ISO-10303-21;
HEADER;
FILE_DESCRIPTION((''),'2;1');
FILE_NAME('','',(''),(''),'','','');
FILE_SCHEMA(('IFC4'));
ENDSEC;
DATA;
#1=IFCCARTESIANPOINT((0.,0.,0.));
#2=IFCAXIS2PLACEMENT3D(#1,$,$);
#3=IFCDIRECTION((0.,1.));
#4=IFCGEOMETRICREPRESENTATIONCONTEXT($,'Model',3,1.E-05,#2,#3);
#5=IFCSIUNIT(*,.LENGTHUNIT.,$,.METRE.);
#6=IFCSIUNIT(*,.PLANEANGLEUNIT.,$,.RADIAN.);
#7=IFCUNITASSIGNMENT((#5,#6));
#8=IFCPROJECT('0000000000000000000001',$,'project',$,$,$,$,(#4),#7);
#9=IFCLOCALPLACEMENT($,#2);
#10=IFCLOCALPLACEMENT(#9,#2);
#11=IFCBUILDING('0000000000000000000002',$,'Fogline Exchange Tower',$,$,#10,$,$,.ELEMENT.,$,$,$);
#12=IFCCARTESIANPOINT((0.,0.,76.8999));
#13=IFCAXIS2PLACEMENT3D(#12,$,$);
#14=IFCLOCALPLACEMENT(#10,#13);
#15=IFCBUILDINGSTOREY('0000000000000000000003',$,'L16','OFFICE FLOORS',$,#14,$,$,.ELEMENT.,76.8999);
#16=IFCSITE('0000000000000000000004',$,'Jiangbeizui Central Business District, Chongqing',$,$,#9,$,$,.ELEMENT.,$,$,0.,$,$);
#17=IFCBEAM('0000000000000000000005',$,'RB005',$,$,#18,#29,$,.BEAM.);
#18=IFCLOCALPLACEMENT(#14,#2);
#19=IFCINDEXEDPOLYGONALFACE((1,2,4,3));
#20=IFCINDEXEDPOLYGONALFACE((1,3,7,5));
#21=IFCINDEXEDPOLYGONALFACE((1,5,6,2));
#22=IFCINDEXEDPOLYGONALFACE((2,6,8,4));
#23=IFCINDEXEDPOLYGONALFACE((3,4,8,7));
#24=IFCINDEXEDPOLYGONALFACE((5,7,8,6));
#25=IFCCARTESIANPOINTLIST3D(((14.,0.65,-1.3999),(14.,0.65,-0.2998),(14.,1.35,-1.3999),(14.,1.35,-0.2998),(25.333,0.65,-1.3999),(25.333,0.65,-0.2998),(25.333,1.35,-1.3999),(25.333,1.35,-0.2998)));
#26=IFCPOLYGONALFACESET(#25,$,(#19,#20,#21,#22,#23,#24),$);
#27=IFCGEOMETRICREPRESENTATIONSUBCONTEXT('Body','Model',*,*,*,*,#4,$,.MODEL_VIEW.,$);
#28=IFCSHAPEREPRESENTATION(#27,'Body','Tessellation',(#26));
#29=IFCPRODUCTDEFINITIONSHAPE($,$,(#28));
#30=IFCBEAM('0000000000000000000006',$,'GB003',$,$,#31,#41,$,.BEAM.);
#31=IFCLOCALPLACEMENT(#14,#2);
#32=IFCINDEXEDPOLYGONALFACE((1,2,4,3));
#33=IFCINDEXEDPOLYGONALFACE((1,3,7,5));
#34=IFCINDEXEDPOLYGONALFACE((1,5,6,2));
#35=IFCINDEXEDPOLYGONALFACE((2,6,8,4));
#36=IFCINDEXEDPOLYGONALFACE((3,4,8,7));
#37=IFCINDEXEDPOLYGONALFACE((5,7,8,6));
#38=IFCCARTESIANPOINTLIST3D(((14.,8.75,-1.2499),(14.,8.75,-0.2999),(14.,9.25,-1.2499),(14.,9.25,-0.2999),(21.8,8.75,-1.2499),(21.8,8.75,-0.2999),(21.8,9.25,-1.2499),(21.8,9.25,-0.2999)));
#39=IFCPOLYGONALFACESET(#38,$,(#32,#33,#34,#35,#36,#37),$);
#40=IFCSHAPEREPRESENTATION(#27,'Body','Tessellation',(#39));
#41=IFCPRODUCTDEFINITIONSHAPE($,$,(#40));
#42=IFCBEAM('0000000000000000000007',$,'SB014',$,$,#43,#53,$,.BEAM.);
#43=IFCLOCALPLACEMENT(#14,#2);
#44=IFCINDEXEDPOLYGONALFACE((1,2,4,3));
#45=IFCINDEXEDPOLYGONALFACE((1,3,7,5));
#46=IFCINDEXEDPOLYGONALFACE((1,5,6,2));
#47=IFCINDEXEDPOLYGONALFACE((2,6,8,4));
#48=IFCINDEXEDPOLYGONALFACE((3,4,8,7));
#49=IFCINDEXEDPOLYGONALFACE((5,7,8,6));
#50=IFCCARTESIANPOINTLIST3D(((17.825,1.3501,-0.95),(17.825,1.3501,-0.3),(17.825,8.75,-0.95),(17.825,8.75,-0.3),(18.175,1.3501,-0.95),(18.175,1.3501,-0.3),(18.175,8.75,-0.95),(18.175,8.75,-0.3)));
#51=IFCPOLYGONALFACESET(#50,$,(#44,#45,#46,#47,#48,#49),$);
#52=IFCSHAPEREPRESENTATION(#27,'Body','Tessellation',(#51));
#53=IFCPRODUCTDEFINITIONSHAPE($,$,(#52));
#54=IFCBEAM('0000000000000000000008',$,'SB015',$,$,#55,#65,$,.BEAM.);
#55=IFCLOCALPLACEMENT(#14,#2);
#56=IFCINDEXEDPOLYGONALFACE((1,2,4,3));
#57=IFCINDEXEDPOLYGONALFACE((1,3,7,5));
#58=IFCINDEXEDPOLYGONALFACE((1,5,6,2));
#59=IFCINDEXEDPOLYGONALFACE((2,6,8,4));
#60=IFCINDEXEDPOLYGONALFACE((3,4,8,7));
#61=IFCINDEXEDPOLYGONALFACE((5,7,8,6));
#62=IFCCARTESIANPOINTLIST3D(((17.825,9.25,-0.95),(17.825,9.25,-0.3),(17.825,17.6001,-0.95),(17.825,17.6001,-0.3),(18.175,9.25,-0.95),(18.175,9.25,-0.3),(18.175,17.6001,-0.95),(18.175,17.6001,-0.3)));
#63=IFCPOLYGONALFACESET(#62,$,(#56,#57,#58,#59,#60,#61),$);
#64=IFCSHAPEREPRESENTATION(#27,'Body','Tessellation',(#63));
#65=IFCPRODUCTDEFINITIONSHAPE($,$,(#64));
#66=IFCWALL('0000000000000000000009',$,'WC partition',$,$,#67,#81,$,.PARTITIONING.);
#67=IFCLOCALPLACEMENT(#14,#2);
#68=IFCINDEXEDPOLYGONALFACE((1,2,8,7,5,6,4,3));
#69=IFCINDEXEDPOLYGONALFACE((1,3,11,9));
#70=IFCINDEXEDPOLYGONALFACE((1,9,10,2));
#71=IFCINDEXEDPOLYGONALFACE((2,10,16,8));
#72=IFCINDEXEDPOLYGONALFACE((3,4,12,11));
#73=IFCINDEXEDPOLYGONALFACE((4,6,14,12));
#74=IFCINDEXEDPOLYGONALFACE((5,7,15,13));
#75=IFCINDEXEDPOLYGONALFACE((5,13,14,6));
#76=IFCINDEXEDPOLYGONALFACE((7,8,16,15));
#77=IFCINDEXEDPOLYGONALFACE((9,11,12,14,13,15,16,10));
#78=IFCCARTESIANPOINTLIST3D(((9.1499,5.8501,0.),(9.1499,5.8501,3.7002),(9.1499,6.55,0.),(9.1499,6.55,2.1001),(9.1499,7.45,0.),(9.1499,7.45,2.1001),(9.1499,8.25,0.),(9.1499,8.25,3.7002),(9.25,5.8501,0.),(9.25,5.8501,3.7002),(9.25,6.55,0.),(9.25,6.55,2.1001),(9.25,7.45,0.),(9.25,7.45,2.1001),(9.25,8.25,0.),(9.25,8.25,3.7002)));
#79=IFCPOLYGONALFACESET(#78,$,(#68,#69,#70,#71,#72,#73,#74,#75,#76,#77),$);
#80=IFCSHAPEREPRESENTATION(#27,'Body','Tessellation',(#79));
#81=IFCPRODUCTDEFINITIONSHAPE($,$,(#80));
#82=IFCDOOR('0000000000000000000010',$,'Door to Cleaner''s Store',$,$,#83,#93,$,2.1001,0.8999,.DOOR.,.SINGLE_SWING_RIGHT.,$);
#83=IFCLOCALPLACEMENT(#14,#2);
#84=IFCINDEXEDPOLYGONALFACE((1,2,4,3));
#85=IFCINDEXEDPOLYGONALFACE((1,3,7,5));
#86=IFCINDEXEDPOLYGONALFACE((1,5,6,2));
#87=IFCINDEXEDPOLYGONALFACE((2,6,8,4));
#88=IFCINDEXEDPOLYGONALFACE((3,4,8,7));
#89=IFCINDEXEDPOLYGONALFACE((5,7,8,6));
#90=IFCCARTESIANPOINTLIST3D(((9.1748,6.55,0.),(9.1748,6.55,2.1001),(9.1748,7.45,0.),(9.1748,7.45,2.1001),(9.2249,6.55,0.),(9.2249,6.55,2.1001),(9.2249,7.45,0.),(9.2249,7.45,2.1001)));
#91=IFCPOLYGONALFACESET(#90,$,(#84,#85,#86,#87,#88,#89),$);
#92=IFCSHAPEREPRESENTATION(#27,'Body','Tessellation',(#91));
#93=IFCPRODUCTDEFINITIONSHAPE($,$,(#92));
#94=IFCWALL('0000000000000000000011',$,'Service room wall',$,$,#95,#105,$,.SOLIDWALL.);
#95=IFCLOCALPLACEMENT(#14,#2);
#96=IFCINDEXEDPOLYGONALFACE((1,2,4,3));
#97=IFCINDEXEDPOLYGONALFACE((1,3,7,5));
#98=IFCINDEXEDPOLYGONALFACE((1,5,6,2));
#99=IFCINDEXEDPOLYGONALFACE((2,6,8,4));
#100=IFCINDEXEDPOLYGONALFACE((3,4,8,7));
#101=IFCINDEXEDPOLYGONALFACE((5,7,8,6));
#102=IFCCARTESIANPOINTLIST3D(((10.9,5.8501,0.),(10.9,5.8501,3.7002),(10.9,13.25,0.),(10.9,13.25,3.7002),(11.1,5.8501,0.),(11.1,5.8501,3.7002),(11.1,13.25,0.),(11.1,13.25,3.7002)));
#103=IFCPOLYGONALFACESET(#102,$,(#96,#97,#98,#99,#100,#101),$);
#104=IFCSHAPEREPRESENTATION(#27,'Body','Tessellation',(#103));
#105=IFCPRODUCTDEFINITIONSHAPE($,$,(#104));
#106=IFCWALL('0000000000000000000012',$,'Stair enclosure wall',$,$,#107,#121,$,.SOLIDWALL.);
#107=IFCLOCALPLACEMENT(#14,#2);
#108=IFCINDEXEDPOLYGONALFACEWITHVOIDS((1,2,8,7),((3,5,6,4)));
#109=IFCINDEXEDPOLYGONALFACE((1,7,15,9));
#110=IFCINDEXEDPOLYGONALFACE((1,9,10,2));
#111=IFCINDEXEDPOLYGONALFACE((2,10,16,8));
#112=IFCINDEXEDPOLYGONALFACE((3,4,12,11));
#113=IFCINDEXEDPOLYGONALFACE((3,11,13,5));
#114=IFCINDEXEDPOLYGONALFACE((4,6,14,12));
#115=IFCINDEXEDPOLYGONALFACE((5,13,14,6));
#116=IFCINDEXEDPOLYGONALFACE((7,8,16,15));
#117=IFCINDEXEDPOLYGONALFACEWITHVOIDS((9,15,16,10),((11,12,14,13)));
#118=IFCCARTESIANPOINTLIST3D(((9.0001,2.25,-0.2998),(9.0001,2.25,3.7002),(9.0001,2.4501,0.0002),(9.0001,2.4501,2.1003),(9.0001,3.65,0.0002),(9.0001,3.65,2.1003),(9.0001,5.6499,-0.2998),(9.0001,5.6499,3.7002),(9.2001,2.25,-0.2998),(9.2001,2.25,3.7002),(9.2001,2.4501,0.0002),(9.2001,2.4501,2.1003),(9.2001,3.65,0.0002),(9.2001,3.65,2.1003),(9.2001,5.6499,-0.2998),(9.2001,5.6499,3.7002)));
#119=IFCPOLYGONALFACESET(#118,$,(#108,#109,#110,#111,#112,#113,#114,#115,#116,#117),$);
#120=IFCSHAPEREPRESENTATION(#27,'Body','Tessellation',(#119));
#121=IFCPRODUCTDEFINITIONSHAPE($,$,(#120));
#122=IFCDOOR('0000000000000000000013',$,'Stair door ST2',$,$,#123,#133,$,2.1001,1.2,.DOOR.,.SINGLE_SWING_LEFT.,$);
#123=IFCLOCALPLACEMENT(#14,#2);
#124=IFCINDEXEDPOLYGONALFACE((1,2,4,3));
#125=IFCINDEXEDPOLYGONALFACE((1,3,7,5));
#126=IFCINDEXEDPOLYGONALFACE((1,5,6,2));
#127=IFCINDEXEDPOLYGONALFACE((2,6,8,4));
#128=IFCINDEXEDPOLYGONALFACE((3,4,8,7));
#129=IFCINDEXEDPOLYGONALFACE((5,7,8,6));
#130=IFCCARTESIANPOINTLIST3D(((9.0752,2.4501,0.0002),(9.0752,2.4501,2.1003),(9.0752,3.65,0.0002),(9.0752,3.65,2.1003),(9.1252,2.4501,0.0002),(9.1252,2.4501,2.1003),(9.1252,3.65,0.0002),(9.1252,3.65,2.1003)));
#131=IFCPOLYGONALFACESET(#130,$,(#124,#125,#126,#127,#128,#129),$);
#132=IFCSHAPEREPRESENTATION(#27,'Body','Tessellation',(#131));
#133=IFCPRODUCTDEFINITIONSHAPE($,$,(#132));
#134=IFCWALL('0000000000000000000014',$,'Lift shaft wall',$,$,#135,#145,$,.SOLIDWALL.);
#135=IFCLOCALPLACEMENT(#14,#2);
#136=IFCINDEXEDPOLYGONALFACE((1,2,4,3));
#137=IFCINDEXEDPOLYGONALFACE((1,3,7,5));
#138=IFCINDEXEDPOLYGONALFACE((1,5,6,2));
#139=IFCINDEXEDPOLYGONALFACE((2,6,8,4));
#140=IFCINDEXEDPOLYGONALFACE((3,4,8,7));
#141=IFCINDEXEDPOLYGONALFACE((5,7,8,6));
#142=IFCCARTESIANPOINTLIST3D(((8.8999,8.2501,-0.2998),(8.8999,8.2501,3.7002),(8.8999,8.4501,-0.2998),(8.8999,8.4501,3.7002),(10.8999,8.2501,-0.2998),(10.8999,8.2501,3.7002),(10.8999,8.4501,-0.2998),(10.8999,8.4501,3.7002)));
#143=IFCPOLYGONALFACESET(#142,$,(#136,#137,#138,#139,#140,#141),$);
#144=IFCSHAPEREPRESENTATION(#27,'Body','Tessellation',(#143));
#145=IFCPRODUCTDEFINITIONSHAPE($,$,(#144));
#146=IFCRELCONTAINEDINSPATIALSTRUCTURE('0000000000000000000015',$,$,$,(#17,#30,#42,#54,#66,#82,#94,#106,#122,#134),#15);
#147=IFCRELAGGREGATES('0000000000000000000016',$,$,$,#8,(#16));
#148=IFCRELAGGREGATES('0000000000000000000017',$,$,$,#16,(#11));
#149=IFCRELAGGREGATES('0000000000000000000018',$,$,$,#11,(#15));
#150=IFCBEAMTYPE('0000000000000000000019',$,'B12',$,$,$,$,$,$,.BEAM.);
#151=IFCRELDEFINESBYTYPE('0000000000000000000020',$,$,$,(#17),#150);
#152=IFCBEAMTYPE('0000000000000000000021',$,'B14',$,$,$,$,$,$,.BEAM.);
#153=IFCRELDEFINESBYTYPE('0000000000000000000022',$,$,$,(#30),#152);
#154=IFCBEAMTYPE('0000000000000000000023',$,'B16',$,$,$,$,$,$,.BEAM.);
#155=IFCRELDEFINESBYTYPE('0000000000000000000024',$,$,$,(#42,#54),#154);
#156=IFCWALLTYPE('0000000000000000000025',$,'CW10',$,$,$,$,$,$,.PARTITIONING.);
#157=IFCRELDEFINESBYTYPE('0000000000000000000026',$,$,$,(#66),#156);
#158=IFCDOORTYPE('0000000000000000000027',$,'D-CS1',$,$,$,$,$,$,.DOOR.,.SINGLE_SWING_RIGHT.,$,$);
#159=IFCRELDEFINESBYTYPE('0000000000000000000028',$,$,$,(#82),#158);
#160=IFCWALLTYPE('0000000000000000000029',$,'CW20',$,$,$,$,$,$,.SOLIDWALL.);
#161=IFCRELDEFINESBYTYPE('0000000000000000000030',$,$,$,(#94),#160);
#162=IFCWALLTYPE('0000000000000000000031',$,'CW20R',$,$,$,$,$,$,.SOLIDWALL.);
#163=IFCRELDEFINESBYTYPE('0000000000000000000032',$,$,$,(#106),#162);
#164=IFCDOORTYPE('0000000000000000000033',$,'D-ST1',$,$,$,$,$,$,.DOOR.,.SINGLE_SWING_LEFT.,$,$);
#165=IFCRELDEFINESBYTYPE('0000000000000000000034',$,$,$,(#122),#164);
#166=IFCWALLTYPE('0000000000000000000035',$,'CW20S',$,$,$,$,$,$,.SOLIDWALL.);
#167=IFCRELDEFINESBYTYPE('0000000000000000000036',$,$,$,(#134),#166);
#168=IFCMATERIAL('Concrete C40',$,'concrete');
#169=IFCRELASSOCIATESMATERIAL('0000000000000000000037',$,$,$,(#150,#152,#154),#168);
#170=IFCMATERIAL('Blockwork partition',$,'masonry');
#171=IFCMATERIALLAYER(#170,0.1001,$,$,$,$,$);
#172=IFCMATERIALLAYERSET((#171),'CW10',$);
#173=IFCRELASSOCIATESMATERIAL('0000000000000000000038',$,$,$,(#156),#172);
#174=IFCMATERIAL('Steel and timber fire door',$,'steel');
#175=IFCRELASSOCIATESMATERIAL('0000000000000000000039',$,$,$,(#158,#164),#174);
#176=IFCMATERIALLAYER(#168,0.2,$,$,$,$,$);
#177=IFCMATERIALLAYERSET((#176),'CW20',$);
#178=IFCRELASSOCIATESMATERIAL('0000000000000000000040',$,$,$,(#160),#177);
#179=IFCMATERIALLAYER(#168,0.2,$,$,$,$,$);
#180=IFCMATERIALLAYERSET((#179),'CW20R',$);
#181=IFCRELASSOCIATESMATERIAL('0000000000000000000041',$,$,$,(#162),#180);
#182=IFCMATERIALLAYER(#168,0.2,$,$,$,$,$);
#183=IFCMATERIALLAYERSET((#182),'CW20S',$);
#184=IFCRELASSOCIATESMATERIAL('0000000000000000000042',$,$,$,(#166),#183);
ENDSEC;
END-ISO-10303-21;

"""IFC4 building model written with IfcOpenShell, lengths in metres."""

from ifc_helpers import new_model, si_unit, direction, frame, frame_2d, origin, origin_2d, place, context, subcontext, project, spatial, rectangle, extrude, material, layer, layer_set, material_profile, profile_set, type_object, element, fill, save


model = new_model("IFC4")

# Units and contexts
model_context = context("Model", 3, precision=1e-05, world=origin(), true_north=direction((0.0, 1.0)))
body_context = subcontext(model_context, "Body", "Model", "MODEL_VIEW")
ifc_project = project(units=[si_unit("LENGTHUNIT", "METRE"), si_unit("PLANEANGLEUNIT", "RADIAN")], contexts=[model_context])

# Site, building, storey
site_placement = place(None, origin())
site = spatial("IfcSite", under=ifc_project, at=site_placement, Name="Jiangbeizui Central Business District, Chongqing", CompositionType="ELEMENT", RefElevation=0.0)
building_placement = place(site_placement, origin())
building = spatial("IfcBuilding", under=site, at=building_placement, Name="Fogline Exchange Tower", CompositionType="ELEMENT")
storey_placement = place(building_placement, frame((0.0, 0.0, 76.8999)))
storey = spatial("IfcBuildingStorey", under=building, at=storey_placement, Name="L16", Description="OFFICE FLOORS", CompositionType="ELEMENT", Elevation=76.8999)

# Beams
ifc_material_1 = material(Name="Concrete C40", Category="concrete")
ifc_material_profile_1 = material_profile(ifc_material_1, rectangle(XDim=0.7, YDim=1.1001, at=origin_2d()), Name="RC 700x1100")
ifc_profile_set_1 = profile_set([ifc_material_profile_1], Name="Concrete C40")
beam_type_1 = type_object("IfcBeamType", Name="B12", PredefinedType="BEAM", material=ifc_profile_set_1)
beam_1_placement = place(storey_placement, frame((14.0, 1.0, -0.8499), z_axis=(1.0, 0.0, 0.0), x_axis=(0.0, 1.0, 0.0)))
element("IfcBeam", 1, at=beam_1_placement, inside=storey, type_object=beam_type_1, Name="RB005", PredefinedType="BEAM", context=body_context, shape_type="SweptSolid", body=[
    extrude(rectangle(XDim=0.7, YDim=1.1001, at=origin_2d()), origin(), (0.0, 0.0, 1.0), 11.333),
])
ifc_material_profile_2 = material_profile(ifc_material_1, rectangle(XDim=0.5, YDim=0.95, at=origin_2d()), Name="RC 500x950")
ifc_profile_set_2 = profile_set([ifc_material_profile_2], Name="Concrete C40")
beam_type_2 = type_object("IfcBeamType", Name="B14", PredefinedType="BEAM", material=ifc_profile_set_2)
beam_2_placement = place(storey_placement, frame((14.0, 9.0, -0.7749), z_axis=(1.0, 0.0, 0.0), x_axis=(0.0, 1.0, 0.0)))
element("IfcBeam", 2, at=beam_2_placement, inside=storey, type_object=beam_type_2, Name="GB003", PredefinedType="BEAM", context=body_context, shape_type="SweptSolid", body=[
    extrude(rectangle(XDim=0.5, YDim=0.95, at=origin_2d()), origin(), (0.0, 0.0, 1.0), 7.8),
])
ifc_material_profile_3 = material_profile(ifc_material_1, rectangle(XDim=0.3501, YDim=0.6499, at=origin_2d()), Name="RC 350x650")
ifc_profile_set_3 = profile_set([ifc_material_profile_3], Name="Concrete C40")
beam_type_3 = type_object("IfcBeamType", Name="B16", PredefinedType="BEAM", material=ifc_profile_set_3)
beam_3_placement = place(storey_placement, frame((18.0, 1.3501, -0.625), z_axis=(0.0, 1.0, 0.0), x_axis=(-1.0, 0.0, 0.0)))
element("IfcBeam", 3, at=beam_3_placement, inside=storey, type_object=beam_type_3, Name="SB014", PredefinedType="BEAM", context=body_context, shape_type="SweptSolid", body=[
    extrude(rectangle(XDim=0.3501, YDim=0.6499, at=origin_2d()), origin(), (0.0, 0.0, 1.0), 7.3999),
])
beam_4_placement = place(storey_placement, frame((18.0, 9.25, -0.625), z_axis=(0.0, 1.0, 0.0), x_axis=(-1.0, 0.0, 0.0)))
element("IfcBeam", 4, at=beam_4_placement, inside=storey, type_object=beam_type_3, Name="SB015", PredefinedType="BEAM", context=body_context, shape_type="SweptSolid", body=[
    extrude(rectangle(XDim=0.3501, YDim=0.6499, at=origin_2d()), origin(), (0.0, 0.0, 1.0), 8.3501),
])

# Wall, opening, door
ifc_material_2 = material(Name="Blockwork partition", Category="masonry")
ifc_layer_1 = layer(ifc_material_2, 0.1001)
ifc_layer_set_1 = layer_set([ifc_layer_1], Name="CW10")
wall_type_1 = type_object("IfcWallType", Name="CW10", PredefinedType="PARTITIONING", material=ifc_layer_set_1)
wall_1_placement = place(storey_placement, frame((9.2, 5.8501, 0.0), z_axis=(0.0, 0.0, 1.0), x_axis=(0.0, 1.0, 0.0)))
wall_1 = element("IfcWall", 5, at=wall_1_placement, inside=storey, type_object=wall_type_1, Name="WC partition", PredefinedType="PARTITIONING", context=body_context, shape_type="SweptSolid", body=[
    extrude(rectangle(XDim=2.3999, YDim=0.1001, at=frame_2d((1.2, 0.0))), origin(), (0.0, 0.0, 1.0), 3.7002),
])
opening_1_placement = place(wall_1_placement, frame((0.7, 0.0, 0.0)))
opening_1 = element("IfcOpeningElement", 6, at=opening_1_placement, cuts=wall_1, PredefinedType="OPENING", context=body_context, shape_type="SweptSolid", body=[
    extrude(rectangle(XDim=0.8999, YDim=2.1001, at=frame_2d((0.45, 1.05))), frame((0.0, 0.0601, 0.0), z_axis=(0.0, -1.0, 0.0), x_axis=(1.0, 0.0, 0.0)), (0.0, 0.0, 1.0), 0.1201),
])
ifc_material_3 = material(Name="Steel and timber fire door", Category="steel")
door_type_1 = type_object("IfcDoorType", Name="D-CS1", OperationType="SINGLE_SWING_RIGHT", PredefinedType="DOOR", material=ifc_material_3)
door_1_placement = place(opening_1_placement, frame((0.8999, 0.0, 0.0), z_axis=(0.0, 0.0, 1.0), x_axis=(-1.0, 0.0, 0.0)))
door_1 = element("IfcDoor", 7, at=door_1_placement, inside=storey, type_object=door_type_1, Name="Door to Cleaner's Store", OperationType="SINGLE_SWING_RIGHT", OverallHeight=2.1001, OverallWidth=0.8999, PredefinedType="DOOR", context=body_context, shape_type="SweptSolid", body=[
    extrude(rectangle(XDim=0.8999, YDim=2.1001, at=frame_2d((0.45, 1.05))), frame((0.0, 0.0249, 0.0), z_axis=(0.0, -1.0, 0.0), x_axis=(1.0, 0.0, 0.0)), (0.0, 0.0, 1.0), 0.05),
])
fill(opening_1, door_1)

# Wall
ifc_layer_2 = layer(ifc_material_1, 0.2)
ifc_layer_set_2 = layer_set([ifc_layer_2], Name="CW20")
wall_type_2 = type_object("IfcWallType", Name="CW20", PredefinedType="SOLIDWALL", material=ifc_layer_set_2)
wall_2_placement = place(storey_placement, frame((11.0, 5.8501, 0.0), z_axis=(0.0, 0.0, 1.0), x_axis=(0.0, 1.0, 0.0)))
element("IfcWall", 8, at=wall_2_placement, inside=storey, type_object=wall_type_2, Name="Service room wall", PredefinedType="SOLIDWALL", context=body_context, shape_type="SweptSolid", body=[
    extrude(rectangle(XDim=7.3999, YDim=0.2, at=frame_2d((3.7, 0.0))), origin(), (0.0, 0.0, 1.0), 3.7002),
])

# Wall, opening, door
ifc_layer_3 = layer(ifc_material_1, 0.2)
ifc_layer_set_3 = layer_set([ifc_layer_3], Name="CW20R")
wall_type_3 = type_object("IfcWallType", Name="CW20R", PredefinedType="SOLIDWALL", material=ifc_layer_set_3)
wall_3_placement = place(storey_placement, frame((9.1001, 2.25, -0.2998), z_axis=(0.0, 0.0, 1.0), x_axis=(0.0, 1.0, 0.0)))
wall_3 = element("IfcWall", 9, at=wall_3_placement, inside=storey, type_object=wall_type_3, Name="Stair enclosure wall", PredefinedType="SOLIDWALL", context=body_context, shape_type="SweptSolid", body=[
    extrude(rectangle(XDim=3.3999, YDim=0.2, at=frame_2d((1.7, 0.0))), origin(), (0.0, 0.0, 1.0), 4.0),
])
opening_2_placement = place(wall_3_placement, frame((0.2, 0.0, 0.3)))
opening_2 = element("IfcOpeningElement", 10, at=opening_2_placement, cuts=wall_3, PredefinedType="OPENING", context=body_context, shape_type="SweptSolid", body=[
    extrude(rectangle(XDim=1.2, YDim=2.1001, at=frame_2d((0.6001, 1.05))), frame((0.0, 0.1099, 0.0), z_axis=(0.0, -1.0, 0.0), x_axis=(1.0, 0.0, 0.0)), (0.0, 0.0, 1.0), 0.22),
])
door_type_2 = type_object("IfcDoorType", Name="D-ST1", OperationType="SINGLE_SWING_LEFT", PredefinedType="DOOR", material=ifc_material_3)
door_2_placement = place(opening_2_placement, origin())
door_2 = element("IfcDoor", 11, at=door_2_placement, inside=storey, type_object=door_type_2, Name="Stair door ST2", OperationType="SINGLE_SWING_LEFT", OverallHeight=2.1001, OverallWidth=1.2, PredefinedType="DOOR", context=body_context, shape_type="SweptSolid", body=[
    extrude(rectangle(XDim=1.2, YDim=2.1001, at=frame_2d((0.6001, 1.05))), frame((0.0, 0.0249, 0.0), z_axis=(0.0, -1.0, 0.0), x_axis=(1.0, 0.0, 0.0)), (0.0, 0.0, 1.0), 0.05),
])
fill(opening_2, door_2)

# Wall
ifc_layer_4 = layer(ifc_material_1, 0.2)
ifc_layer_set_4 = layer_set([ifc_layer_4], Name="CW20S")
wall_type_4 = type_object("IfcWallType", Name="CW20S", PredefinedType="SOLIDWALL", material=ifc_layer_set_4)
wall_4_placement = place(storey_placement, frame((8.8999, 8.3501, -0.2998), z_axis=(0.0, 0.0, 1.0), x_axis=(1.0, 0.0, 0.0)))
element("IfcWall", 12, at=wall_4_placement, inside=storey, type_object=wall_type_4, Name="Lift shaft wall", PredefinedType="SOLIDWALL", context=body_context, shape_type="SweptSolid", body=[
    extrude(rectangle(XDim=2.0, YDim=0.2, at=frame_2d((1.0, 0.0))), origin(), (0.0, 0.0, 1.0), 4.0),
])

save(model, "model.ifc")
